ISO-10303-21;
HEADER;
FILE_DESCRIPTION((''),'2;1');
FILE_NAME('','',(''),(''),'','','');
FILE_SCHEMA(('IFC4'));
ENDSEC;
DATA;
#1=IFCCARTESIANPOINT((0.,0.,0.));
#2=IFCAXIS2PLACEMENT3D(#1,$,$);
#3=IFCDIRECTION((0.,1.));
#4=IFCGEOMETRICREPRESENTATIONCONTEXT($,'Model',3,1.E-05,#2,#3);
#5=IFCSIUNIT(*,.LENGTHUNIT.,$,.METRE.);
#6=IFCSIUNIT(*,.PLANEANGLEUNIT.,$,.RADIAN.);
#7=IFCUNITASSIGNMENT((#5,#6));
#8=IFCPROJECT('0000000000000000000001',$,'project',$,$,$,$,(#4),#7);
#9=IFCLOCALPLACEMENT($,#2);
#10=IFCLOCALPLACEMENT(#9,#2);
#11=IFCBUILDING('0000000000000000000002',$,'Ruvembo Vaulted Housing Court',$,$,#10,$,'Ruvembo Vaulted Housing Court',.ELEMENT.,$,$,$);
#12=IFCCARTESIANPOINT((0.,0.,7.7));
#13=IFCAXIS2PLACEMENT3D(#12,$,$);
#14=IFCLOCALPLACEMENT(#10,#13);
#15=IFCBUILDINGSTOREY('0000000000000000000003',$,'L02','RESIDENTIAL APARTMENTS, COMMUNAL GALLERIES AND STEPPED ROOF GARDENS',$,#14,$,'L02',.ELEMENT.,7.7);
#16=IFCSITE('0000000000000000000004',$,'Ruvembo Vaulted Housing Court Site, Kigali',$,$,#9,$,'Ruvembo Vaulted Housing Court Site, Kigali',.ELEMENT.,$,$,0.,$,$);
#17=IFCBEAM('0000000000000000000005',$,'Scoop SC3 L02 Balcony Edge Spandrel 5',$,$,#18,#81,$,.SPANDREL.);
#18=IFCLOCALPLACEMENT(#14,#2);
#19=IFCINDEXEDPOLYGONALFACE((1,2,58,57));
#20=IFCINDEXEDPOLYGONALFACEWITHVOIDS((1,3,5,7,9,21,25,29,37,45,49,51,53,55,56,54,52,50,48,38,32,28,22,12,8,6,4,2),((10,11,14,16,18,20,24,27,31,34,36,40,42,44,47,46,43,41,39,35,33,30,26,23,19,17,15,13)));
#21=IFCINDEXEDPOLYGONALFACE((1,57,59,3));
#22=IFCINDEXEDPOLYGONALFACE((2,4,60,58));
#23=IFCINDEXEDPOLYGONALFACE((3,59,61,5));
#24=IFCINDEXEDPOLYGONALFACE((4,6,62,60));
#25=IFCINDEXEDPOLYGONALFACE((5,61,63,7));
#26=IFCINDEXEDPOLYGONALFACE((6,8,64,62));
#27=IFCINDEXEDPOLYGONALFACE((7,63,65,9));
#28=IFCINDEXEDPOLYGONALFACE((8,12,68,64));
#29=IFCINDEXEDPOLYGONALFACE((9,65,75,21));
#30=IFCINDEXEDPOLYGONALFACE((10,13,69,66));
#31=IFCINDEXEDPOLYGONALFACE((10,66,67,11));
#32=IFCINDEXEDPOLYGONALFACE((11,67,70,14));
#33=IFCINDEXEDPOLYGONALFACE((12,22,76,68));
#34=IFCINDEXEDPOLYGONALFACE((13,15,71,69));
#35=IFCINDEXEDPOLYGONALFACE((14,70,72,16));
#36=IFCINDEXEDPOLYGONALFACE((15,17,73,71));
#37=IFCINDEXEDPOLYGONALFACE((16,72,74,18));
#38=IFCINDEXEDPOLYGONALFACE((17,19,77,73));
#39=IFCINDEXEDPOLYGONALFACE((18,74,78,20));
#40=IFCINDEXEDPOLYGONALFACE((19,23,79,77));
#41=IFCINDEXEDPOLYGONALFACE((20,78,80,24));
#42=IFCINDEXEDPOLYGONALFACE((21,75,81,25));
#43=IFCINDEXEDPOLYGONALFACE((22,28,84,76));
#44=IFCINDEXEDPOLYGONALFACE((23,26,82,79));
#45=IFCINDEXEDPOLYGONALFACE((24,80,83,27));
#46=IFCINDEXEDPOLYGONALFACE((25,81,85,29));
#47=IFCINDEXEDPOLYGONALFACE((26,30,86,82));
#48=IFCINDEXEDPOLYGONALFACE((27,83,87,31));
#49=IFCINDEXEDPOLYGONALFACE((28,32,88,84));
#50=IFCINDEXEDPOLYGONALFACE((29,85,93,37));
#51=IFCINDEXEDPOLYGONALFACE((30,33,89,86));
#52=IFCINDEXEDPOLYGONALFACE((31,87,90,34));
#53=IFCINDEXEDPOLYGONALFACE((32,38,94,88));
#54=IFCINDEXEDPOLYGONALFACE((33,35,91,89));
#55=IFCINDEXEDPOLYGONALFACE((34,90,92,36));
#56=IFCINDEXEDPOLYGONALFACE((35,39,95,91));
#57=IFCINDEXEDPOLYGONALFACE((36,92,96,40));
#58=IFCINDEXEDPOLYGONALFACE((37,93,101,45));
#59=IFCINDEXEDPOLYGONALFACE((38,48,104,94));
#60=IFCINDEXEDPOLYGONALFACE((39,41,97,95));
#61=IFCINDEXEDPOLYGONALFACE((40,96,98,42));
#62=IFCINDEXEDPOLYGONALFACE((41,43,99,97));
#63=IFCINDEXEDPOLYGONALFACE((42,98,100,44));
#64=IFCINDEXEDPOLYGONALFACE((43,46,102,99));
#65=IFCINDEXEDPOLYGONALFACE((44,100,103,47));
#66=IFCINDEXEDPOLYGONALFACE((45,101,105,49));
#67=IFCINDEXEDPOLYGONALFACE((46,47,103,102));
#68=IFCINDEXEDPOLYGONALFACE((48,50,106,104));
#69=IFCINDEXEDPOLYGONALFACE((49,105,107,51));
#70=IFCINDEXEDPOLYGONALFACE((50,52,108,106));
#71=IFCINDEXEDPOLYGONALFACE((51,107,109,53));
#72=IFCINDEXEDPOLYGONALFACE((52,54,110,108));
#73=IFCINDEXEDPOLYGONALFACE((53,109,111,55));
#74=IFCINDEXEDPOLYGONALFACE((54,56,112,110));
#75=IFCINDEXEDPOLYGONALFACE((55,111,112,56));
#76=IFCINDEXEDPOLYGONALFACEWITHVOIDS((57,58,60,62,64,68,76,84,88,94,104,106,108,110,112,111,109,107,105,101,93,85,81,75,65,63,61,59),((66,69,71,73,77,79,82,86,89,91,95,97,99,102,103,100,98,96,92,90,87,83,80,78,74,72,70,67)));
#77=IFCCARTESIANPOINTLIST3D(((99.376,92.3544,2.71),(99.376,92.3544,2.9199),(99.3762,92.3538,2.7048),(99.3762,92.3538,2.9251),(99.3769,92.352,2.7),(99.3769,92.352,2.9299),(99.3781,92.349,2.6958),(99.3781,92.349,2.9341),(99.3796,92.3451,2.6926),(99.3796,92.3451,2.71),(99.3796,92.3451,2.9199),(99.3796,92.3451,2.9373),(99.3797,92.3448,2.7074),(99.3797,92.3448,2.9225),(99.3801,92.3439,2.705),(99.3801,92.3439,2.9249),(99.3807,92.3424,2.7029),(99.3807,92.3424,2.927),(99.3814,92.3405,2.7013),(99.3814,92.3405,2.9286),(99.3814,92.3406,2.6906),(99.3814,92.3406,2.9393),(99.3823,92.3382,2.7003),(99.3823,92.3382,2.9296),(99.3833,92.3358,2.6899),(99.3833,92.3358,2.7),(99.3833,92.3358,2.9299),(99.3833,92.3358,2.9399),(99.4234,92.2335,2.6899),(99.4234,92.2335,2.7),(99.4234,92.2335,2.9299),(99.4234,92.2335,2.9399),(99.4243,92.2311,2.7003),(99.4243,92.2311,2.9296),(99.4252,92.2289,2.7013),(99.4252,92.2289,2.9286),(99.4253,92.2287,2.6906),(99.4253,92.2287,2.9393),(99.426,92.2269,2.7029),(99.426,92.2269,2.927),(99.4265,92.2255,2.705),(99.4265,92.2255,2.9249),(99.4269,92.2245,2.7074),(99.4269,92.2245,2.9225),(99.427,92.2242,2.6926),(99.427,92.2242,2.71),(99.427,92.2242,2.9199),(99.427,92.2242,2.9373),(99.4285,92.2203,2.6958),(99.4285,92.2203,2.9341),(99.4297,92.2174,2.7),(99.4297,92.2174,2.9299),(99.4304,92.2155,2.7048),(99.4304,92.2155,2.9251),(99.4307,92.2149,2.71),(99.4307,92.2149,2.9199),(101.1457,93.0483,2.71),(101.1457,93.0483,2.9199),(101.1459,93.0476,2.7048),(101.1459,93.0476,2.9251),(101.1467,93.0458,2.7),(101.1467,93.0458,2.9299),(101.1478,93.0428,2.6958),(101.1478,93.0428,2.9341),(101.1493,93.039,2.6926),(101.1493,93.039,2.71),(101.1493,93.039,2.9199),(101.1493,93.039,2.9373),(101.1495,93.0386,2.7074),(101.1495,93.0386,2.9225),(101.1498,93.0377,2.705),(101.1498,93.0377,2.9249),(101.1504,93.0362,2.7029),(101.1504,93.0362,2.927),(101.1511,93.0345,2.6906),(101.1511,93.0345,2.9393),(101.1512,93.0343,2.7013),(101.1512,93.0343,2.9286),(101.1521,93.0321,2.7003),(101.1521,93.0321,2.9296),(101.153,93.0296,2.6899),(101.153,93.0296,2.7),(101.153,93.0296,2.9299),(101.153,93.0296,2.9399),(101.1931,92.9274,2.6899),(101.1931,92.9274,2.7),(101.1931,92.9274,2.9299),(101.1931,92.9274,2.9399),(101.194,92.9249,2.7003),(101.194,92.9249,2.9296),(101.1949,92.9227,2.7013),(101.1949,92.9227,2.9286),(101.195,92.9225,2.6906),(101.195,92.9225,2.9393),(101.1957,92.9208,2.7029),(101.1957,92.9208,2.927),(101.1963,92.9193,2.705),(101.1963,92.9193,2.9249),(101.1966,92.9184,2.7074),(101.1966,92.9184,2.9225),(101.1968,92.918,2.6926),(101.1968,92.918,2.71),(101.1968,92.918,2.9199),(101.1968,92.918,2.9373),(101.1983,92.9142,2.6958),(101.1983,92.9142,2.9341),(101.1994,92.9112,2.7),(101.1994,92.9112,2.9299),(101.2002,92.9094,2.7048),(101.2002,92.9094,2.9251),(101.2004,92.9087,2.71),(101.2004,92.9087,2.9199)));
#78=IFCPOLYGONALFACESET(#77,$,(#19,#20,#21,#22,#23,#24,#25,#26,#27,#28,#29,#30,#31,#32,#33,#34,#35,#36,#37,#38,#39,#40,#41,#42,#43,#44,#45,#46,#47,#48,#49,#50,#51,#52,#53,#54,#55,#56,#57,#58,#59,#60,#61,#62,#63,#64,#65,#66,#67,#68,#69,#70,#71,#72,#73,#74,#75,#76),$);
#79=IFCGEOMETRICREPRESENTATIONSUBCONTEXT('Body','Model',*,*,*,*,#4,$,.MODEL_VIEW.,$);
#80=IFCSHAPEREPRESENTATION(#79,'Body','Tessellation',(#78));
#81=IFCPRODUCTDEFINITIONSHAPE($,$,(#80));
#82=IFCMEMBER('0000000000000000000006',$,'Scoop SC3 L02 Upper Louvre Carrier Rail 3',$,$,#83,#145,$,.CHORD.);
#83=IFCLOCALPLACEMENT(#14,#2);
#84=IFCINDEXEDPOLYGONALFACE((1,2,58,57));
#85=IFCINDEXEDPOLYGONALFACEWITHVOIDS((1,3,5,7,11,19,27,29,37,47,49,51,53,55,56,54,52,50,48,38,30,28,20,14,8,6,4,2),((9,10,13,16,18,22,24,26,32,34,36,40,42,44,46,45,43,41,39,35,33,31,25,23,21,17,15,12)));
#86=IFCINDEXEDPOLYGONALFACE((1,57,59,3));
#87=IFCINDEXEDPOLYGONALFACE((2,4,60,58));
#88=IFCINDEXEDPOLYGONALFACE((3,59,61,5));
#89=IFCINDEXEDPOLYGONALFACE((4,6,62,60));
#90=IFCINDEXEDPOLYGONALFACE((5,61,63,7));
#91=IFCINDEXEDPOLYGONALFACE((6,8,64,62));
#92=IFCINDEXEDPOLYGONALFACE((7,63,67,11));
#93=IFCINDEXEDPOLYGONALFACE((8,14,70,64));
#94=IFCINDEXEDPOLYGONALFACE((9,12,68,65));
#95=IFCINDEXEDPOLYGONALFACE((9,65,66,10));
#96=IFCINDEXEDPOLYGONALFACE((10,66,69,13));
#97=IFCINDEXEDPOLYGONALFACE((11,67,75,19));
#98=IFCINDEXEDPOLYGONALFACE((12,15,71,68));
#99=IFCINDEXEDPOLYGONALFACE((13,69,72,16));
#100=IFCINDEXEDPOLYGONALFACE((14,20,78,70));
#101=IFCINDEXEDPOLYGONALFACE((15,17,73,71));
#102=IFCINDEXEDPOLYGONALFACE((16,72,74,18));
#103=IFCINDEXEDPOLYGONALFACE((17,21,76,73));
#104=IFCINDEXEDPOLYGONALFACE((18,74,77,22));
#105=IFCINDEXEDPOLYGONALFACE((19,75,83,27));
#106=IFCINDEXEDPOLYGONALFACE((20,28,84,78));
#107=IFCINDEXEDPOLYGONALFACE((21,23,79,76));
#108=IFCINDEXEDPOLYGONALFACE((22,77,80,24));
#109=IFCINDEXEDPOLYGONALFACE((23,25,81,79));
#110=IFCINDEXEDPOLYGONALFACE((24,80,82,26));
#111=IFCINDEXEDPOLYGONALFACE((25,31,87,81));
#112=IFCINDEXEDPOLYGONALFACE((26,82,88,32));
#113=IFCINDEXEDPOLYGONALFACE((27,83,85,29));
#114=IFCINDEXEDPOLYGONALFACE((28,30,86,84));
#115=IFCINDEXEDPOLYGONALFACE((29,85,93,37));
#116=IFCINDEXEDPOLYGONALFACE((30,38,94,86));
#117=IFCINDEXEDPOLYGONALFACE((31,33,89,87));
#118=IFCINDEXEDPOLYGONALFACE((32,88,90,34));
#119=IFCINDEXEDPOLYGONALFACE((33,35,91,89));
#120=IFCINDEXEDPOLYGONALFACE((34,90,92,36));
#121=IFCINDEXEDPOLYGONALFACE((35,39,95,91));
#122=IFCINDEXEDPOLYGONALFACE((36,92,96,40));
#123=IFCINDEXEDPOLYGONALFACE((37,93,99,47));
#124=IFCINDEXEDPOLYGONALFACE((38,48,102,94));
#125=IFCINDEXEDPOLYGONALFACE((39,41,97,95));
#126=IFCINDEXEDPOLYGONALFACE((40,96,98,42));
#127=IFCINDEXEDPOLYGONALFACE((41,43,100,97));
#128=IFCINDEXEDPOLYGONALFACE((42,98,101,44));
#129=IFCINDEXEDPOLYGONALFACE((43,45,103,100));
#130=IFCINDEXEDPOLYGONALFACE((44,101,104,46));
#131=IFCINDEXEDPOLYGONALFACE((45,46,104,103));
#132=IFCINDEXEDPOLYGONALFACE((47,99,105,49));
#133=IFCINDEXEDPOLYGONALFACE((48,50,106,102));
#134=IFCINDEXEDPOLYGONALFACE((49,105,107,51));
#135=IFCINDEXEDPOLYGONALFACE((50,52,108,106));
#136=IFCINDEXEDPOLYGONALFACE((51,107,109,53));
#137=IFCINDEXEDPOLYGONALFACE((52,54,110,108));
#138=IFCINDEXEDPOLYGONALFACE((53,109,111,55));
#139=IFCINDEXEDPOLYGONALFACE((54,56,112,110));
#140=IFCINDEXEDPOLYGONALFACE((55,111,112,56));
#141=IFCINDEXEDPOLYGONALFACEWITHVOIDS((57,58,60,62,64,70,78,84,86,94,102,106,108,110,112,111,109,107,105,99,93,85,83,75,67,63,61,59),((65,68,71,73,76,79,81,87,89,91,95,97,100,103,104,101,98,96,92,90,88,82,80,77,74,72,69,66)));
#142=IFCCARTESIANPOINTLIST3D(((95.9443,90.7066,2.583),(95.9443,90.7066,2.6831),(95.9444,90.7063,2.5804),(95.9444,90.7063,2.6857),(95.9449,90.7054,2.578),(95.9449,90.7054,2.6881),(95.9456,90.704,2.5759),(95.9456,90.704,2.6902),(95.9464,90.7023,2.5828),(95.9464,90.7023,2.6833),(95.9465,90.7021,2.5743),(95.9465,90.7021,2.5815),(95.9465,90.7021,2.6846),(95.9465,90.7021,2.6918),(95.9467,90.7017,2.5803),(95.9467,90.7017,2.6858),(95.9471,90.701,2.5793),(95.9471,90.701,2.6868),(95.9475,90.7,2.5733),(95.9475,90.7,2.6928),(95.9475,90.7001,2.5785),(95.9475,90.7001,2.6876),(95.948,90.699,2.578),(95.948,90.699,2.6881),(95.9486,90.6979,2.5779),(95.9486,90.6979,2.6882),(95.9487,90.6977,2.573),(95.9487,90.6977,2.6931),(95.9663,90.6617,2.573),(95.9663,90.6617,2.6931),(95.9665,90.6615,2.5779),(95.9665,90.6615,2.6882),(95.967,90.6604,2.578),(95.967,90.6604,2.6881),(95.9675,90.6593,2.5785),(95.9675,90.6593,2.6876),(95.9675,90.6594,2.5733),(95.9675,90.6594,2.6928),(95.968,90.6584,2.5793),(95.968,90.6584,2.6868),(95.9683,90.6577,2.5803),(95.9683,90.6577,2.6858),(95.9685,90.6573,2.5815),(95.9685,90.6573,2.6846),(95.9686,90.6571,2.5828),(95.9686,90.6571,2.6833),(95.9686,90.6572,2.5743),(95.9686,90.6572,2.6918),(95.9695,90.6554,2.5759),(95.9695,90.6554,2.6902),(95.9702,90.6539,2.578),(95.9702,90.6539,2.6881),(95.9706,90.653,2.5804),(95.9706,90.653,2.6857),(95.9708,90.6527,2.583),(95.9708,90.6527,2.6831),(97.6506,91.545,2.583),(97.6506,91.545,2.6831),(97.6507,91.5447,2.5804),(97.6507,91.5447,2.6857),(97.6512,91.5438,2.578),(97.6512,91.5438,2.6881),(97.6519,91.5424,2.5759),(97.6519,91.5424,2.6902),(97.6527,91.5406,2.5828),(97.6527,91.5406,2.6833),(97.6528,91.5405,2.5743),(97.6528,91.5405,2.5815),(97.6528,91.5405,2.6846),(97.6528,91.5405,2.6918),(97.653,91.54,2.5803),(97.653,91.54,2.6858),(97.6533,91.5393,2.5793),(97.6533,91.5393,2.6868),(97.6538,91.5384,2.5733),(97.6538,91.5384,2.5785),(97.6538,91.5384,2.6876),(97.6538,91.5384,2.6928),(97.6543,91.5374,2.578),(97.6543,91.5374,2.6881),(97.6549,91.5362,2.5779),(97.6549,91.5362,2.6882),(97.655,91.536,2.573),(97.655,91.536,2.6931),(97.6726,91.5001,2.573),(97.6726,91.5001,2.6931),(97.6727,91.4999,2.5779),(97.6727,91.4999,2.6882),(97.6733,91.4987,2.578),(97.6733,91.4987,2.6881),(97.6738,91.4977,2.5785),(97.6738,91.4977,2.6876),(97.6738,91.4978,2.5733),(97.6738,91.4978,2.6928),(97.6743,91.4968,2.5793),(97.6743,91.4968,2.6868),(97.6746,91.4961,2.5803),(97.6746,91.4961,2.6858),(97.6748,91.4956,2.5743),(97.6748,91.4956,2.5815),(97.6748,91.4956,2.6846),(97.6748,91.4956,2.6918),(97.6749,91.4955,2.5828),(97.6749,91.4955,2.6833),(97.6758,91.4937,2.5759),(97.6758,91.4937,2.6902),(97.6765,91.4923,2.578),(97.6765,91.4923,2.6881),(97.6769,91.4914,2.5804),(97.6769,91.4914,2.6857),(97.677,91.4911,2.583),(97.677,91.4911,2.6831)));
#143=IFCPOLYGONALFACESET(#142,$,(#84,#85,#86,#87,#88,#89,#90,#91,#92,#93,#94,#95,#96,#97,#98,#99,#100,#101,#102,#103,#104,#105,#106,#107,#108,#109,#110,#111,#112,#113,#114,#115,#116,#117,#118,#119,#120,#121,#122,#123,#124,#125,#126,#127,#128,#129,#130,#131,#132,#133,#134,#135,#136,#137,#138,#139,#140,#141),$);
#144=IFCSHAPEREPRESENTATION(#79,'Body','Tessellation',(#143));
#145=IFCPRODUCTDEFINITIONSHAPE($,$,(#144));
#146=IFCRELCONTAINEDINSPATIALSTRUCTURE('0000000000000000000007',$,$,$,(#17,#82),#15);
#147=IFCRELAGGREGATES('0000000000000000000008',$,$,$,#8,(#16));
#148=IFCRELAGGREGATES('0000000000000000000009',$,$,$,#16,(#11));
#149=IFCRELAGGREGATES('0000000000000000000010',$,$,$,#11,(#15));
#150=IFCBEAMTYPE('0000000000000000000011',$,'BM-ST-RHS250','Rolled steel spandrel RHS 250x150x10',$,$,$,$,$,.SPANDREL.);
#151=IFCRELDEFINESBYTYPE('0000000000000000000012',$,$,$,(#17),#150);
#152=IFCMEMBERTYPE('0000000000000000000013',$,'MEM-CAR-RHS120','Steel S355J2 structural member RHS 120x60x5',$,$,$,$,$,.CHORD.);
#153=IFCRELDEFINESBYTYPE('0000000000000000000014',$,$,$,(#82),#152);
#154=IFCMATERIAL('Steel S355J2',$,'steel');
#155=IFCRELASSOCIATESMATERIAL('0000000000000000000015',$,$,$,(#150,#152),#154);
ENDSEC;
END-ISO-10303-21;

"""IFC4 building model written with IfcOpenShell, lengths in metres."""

from ifc_helpers import new_model, si_unit, direction, frame, origin, origin_2d, place, context, subcontext, project, spatial, hollow_rectangle, extrude, material, material_profile, profile_set, type_object, element, save


model = new_model("IFC4")

# Units and contexts
model_context = context("Model", 3, precision=1e-05, world=origin(), true_north=direction((0.0, 1.0)))
body_context = subcontext(model_context, "Body", "Model", "MODEL_VIEW")
ifc_project = project(units=[si_unit("LENGTHUNIT", "METRE"), si_unit("PLANEANGLEUNIT", "RADIAN")], contexts=[model_context])

# Site, building, storey
site_placement = place(None, origin())
site = spatial("IfcSite", under=ifc_project, at=site_placement, Name="Ruvembo Vaulted Housing Court Site, Kigali", LongName="Ruvembo Vaulted Housing Court Site, Kigali", CompositionType="ELEMENT", RefElevation=0.0)
building_placement = place(site_placement, origin())
building = spatial("IfcBuilding", under=site, at=building_placement, Name="Ruvembo Vaulted Housing Court", LongName="Ruvembo Vaulted Housing Court", CompositionType="ELEMENT")
storey_placement = place(building_placement, frame((0.0, 0.0, 7.7)))
storey = spatial("IfcBuildingStorey", under=building, at=storey_placement, Name="L02", Description="RESIDENTIAL APARTMENTS, COMMUNAL GALLERIES AND STEPPED ROOF GARDENS", LongName="L02", CompositionType="ELEMENT", Elevation=7.7)

# Beam
ifc_material_1 = material(Name="Steel S355J2", Category="steel")
ifc_material_profile_1 = material_profile(ifc_material_1, hollow_rectangle(XDim=0.1499, YDim=0.25, WallThickness=0.01, InnerFilletRadius=0.01, OuterFilletRadius=0.02, at=origin_2d()), Name="RHS 250x150x10")
ifc_profile_set_1 = profile_set([ifc_material_profile_1], Name="Steel S355J2")
beam_type = type_object("IfcBeamType", Name="BM-ST-RHS250", Description="Rolled steel spandrel RHS 250x150x10", PredefinedType="SPANDREL", material=ifc_profile_set_1)
for number, where, z_axis, x_axis, name in (
    (1, (99.4033, 92.2847, 2.8149), (0.931006, 0.365005, 0.0), (-0.365005, 0.931006, 0.0), "Scoop SC3 L02 Balcony Edge Spandrel 5"),
):
    element("IfcBeam", number, at=place(storey_placement, frame(where, z_axis=z_axis, x_axis=x_axis)), inside=storey, type_object=beam_type, Name=name, PredefinedType="SPANDREL", context=body_context, shape_type="SweptSolid", body=[
        extrude(hollow_rectangle(XDim=0.1499, YDim=0.25, WallThickness=0.01, InnerFilletRadius=0.01, OuterFilletRadius=0.02, at=origin_2d()), origin(), (0.0, 0.0, 1.0), 1.9009),
    ])

# Member
ifc_material_profile_2 = material_profile(ifc_material_1, hollow_rectangle(XDim=0.0601, YDim=0.1201, WallThickness=0.0049, InnerFilletRadius=0.0049, OuterFilletRadius=0.01, at=origin_2d()), Name="RHS 120x60x5")
ifc_profile_set_2 = profile_set([ifc_material_profile_2], Name="Steel S355J2")
member_type_1 = type_object("IfcMemberType", Name="MEM-CAR-RHS120", Description="Steel S355J2 structural member RHS 120x60x5", PredefinedType="CHORD", material=ifc_profile_set_2)
member_1_placement = place(storey_placement, frame((95.9575, 90.6797, 2.6331), z_axis=(0.897513, 0.440987, 0.0), x_axis=(-0.440987, 0.897513, 0.0)))
element("IfcMember", 2, at=member_1_placement, inside=storey, type_object=member_type_1, Name="Scoop SC3 L02 Upper Louvre Carrier Rail 3", PredefinedType="CHORD", context=body_context, shape_type="SweptSolid", body=[
    extrude(hollow_rectangle(XDim=0.0601, YDim=0.1201, WallThickness=0.0049, InnerFilletRadius=0.0049, OuterFilletRadius=0.01, at=origin_2d()), origin(), (0.0, 0.0, 1.0), 1.9011),
])

save(model, "model.ifc")
